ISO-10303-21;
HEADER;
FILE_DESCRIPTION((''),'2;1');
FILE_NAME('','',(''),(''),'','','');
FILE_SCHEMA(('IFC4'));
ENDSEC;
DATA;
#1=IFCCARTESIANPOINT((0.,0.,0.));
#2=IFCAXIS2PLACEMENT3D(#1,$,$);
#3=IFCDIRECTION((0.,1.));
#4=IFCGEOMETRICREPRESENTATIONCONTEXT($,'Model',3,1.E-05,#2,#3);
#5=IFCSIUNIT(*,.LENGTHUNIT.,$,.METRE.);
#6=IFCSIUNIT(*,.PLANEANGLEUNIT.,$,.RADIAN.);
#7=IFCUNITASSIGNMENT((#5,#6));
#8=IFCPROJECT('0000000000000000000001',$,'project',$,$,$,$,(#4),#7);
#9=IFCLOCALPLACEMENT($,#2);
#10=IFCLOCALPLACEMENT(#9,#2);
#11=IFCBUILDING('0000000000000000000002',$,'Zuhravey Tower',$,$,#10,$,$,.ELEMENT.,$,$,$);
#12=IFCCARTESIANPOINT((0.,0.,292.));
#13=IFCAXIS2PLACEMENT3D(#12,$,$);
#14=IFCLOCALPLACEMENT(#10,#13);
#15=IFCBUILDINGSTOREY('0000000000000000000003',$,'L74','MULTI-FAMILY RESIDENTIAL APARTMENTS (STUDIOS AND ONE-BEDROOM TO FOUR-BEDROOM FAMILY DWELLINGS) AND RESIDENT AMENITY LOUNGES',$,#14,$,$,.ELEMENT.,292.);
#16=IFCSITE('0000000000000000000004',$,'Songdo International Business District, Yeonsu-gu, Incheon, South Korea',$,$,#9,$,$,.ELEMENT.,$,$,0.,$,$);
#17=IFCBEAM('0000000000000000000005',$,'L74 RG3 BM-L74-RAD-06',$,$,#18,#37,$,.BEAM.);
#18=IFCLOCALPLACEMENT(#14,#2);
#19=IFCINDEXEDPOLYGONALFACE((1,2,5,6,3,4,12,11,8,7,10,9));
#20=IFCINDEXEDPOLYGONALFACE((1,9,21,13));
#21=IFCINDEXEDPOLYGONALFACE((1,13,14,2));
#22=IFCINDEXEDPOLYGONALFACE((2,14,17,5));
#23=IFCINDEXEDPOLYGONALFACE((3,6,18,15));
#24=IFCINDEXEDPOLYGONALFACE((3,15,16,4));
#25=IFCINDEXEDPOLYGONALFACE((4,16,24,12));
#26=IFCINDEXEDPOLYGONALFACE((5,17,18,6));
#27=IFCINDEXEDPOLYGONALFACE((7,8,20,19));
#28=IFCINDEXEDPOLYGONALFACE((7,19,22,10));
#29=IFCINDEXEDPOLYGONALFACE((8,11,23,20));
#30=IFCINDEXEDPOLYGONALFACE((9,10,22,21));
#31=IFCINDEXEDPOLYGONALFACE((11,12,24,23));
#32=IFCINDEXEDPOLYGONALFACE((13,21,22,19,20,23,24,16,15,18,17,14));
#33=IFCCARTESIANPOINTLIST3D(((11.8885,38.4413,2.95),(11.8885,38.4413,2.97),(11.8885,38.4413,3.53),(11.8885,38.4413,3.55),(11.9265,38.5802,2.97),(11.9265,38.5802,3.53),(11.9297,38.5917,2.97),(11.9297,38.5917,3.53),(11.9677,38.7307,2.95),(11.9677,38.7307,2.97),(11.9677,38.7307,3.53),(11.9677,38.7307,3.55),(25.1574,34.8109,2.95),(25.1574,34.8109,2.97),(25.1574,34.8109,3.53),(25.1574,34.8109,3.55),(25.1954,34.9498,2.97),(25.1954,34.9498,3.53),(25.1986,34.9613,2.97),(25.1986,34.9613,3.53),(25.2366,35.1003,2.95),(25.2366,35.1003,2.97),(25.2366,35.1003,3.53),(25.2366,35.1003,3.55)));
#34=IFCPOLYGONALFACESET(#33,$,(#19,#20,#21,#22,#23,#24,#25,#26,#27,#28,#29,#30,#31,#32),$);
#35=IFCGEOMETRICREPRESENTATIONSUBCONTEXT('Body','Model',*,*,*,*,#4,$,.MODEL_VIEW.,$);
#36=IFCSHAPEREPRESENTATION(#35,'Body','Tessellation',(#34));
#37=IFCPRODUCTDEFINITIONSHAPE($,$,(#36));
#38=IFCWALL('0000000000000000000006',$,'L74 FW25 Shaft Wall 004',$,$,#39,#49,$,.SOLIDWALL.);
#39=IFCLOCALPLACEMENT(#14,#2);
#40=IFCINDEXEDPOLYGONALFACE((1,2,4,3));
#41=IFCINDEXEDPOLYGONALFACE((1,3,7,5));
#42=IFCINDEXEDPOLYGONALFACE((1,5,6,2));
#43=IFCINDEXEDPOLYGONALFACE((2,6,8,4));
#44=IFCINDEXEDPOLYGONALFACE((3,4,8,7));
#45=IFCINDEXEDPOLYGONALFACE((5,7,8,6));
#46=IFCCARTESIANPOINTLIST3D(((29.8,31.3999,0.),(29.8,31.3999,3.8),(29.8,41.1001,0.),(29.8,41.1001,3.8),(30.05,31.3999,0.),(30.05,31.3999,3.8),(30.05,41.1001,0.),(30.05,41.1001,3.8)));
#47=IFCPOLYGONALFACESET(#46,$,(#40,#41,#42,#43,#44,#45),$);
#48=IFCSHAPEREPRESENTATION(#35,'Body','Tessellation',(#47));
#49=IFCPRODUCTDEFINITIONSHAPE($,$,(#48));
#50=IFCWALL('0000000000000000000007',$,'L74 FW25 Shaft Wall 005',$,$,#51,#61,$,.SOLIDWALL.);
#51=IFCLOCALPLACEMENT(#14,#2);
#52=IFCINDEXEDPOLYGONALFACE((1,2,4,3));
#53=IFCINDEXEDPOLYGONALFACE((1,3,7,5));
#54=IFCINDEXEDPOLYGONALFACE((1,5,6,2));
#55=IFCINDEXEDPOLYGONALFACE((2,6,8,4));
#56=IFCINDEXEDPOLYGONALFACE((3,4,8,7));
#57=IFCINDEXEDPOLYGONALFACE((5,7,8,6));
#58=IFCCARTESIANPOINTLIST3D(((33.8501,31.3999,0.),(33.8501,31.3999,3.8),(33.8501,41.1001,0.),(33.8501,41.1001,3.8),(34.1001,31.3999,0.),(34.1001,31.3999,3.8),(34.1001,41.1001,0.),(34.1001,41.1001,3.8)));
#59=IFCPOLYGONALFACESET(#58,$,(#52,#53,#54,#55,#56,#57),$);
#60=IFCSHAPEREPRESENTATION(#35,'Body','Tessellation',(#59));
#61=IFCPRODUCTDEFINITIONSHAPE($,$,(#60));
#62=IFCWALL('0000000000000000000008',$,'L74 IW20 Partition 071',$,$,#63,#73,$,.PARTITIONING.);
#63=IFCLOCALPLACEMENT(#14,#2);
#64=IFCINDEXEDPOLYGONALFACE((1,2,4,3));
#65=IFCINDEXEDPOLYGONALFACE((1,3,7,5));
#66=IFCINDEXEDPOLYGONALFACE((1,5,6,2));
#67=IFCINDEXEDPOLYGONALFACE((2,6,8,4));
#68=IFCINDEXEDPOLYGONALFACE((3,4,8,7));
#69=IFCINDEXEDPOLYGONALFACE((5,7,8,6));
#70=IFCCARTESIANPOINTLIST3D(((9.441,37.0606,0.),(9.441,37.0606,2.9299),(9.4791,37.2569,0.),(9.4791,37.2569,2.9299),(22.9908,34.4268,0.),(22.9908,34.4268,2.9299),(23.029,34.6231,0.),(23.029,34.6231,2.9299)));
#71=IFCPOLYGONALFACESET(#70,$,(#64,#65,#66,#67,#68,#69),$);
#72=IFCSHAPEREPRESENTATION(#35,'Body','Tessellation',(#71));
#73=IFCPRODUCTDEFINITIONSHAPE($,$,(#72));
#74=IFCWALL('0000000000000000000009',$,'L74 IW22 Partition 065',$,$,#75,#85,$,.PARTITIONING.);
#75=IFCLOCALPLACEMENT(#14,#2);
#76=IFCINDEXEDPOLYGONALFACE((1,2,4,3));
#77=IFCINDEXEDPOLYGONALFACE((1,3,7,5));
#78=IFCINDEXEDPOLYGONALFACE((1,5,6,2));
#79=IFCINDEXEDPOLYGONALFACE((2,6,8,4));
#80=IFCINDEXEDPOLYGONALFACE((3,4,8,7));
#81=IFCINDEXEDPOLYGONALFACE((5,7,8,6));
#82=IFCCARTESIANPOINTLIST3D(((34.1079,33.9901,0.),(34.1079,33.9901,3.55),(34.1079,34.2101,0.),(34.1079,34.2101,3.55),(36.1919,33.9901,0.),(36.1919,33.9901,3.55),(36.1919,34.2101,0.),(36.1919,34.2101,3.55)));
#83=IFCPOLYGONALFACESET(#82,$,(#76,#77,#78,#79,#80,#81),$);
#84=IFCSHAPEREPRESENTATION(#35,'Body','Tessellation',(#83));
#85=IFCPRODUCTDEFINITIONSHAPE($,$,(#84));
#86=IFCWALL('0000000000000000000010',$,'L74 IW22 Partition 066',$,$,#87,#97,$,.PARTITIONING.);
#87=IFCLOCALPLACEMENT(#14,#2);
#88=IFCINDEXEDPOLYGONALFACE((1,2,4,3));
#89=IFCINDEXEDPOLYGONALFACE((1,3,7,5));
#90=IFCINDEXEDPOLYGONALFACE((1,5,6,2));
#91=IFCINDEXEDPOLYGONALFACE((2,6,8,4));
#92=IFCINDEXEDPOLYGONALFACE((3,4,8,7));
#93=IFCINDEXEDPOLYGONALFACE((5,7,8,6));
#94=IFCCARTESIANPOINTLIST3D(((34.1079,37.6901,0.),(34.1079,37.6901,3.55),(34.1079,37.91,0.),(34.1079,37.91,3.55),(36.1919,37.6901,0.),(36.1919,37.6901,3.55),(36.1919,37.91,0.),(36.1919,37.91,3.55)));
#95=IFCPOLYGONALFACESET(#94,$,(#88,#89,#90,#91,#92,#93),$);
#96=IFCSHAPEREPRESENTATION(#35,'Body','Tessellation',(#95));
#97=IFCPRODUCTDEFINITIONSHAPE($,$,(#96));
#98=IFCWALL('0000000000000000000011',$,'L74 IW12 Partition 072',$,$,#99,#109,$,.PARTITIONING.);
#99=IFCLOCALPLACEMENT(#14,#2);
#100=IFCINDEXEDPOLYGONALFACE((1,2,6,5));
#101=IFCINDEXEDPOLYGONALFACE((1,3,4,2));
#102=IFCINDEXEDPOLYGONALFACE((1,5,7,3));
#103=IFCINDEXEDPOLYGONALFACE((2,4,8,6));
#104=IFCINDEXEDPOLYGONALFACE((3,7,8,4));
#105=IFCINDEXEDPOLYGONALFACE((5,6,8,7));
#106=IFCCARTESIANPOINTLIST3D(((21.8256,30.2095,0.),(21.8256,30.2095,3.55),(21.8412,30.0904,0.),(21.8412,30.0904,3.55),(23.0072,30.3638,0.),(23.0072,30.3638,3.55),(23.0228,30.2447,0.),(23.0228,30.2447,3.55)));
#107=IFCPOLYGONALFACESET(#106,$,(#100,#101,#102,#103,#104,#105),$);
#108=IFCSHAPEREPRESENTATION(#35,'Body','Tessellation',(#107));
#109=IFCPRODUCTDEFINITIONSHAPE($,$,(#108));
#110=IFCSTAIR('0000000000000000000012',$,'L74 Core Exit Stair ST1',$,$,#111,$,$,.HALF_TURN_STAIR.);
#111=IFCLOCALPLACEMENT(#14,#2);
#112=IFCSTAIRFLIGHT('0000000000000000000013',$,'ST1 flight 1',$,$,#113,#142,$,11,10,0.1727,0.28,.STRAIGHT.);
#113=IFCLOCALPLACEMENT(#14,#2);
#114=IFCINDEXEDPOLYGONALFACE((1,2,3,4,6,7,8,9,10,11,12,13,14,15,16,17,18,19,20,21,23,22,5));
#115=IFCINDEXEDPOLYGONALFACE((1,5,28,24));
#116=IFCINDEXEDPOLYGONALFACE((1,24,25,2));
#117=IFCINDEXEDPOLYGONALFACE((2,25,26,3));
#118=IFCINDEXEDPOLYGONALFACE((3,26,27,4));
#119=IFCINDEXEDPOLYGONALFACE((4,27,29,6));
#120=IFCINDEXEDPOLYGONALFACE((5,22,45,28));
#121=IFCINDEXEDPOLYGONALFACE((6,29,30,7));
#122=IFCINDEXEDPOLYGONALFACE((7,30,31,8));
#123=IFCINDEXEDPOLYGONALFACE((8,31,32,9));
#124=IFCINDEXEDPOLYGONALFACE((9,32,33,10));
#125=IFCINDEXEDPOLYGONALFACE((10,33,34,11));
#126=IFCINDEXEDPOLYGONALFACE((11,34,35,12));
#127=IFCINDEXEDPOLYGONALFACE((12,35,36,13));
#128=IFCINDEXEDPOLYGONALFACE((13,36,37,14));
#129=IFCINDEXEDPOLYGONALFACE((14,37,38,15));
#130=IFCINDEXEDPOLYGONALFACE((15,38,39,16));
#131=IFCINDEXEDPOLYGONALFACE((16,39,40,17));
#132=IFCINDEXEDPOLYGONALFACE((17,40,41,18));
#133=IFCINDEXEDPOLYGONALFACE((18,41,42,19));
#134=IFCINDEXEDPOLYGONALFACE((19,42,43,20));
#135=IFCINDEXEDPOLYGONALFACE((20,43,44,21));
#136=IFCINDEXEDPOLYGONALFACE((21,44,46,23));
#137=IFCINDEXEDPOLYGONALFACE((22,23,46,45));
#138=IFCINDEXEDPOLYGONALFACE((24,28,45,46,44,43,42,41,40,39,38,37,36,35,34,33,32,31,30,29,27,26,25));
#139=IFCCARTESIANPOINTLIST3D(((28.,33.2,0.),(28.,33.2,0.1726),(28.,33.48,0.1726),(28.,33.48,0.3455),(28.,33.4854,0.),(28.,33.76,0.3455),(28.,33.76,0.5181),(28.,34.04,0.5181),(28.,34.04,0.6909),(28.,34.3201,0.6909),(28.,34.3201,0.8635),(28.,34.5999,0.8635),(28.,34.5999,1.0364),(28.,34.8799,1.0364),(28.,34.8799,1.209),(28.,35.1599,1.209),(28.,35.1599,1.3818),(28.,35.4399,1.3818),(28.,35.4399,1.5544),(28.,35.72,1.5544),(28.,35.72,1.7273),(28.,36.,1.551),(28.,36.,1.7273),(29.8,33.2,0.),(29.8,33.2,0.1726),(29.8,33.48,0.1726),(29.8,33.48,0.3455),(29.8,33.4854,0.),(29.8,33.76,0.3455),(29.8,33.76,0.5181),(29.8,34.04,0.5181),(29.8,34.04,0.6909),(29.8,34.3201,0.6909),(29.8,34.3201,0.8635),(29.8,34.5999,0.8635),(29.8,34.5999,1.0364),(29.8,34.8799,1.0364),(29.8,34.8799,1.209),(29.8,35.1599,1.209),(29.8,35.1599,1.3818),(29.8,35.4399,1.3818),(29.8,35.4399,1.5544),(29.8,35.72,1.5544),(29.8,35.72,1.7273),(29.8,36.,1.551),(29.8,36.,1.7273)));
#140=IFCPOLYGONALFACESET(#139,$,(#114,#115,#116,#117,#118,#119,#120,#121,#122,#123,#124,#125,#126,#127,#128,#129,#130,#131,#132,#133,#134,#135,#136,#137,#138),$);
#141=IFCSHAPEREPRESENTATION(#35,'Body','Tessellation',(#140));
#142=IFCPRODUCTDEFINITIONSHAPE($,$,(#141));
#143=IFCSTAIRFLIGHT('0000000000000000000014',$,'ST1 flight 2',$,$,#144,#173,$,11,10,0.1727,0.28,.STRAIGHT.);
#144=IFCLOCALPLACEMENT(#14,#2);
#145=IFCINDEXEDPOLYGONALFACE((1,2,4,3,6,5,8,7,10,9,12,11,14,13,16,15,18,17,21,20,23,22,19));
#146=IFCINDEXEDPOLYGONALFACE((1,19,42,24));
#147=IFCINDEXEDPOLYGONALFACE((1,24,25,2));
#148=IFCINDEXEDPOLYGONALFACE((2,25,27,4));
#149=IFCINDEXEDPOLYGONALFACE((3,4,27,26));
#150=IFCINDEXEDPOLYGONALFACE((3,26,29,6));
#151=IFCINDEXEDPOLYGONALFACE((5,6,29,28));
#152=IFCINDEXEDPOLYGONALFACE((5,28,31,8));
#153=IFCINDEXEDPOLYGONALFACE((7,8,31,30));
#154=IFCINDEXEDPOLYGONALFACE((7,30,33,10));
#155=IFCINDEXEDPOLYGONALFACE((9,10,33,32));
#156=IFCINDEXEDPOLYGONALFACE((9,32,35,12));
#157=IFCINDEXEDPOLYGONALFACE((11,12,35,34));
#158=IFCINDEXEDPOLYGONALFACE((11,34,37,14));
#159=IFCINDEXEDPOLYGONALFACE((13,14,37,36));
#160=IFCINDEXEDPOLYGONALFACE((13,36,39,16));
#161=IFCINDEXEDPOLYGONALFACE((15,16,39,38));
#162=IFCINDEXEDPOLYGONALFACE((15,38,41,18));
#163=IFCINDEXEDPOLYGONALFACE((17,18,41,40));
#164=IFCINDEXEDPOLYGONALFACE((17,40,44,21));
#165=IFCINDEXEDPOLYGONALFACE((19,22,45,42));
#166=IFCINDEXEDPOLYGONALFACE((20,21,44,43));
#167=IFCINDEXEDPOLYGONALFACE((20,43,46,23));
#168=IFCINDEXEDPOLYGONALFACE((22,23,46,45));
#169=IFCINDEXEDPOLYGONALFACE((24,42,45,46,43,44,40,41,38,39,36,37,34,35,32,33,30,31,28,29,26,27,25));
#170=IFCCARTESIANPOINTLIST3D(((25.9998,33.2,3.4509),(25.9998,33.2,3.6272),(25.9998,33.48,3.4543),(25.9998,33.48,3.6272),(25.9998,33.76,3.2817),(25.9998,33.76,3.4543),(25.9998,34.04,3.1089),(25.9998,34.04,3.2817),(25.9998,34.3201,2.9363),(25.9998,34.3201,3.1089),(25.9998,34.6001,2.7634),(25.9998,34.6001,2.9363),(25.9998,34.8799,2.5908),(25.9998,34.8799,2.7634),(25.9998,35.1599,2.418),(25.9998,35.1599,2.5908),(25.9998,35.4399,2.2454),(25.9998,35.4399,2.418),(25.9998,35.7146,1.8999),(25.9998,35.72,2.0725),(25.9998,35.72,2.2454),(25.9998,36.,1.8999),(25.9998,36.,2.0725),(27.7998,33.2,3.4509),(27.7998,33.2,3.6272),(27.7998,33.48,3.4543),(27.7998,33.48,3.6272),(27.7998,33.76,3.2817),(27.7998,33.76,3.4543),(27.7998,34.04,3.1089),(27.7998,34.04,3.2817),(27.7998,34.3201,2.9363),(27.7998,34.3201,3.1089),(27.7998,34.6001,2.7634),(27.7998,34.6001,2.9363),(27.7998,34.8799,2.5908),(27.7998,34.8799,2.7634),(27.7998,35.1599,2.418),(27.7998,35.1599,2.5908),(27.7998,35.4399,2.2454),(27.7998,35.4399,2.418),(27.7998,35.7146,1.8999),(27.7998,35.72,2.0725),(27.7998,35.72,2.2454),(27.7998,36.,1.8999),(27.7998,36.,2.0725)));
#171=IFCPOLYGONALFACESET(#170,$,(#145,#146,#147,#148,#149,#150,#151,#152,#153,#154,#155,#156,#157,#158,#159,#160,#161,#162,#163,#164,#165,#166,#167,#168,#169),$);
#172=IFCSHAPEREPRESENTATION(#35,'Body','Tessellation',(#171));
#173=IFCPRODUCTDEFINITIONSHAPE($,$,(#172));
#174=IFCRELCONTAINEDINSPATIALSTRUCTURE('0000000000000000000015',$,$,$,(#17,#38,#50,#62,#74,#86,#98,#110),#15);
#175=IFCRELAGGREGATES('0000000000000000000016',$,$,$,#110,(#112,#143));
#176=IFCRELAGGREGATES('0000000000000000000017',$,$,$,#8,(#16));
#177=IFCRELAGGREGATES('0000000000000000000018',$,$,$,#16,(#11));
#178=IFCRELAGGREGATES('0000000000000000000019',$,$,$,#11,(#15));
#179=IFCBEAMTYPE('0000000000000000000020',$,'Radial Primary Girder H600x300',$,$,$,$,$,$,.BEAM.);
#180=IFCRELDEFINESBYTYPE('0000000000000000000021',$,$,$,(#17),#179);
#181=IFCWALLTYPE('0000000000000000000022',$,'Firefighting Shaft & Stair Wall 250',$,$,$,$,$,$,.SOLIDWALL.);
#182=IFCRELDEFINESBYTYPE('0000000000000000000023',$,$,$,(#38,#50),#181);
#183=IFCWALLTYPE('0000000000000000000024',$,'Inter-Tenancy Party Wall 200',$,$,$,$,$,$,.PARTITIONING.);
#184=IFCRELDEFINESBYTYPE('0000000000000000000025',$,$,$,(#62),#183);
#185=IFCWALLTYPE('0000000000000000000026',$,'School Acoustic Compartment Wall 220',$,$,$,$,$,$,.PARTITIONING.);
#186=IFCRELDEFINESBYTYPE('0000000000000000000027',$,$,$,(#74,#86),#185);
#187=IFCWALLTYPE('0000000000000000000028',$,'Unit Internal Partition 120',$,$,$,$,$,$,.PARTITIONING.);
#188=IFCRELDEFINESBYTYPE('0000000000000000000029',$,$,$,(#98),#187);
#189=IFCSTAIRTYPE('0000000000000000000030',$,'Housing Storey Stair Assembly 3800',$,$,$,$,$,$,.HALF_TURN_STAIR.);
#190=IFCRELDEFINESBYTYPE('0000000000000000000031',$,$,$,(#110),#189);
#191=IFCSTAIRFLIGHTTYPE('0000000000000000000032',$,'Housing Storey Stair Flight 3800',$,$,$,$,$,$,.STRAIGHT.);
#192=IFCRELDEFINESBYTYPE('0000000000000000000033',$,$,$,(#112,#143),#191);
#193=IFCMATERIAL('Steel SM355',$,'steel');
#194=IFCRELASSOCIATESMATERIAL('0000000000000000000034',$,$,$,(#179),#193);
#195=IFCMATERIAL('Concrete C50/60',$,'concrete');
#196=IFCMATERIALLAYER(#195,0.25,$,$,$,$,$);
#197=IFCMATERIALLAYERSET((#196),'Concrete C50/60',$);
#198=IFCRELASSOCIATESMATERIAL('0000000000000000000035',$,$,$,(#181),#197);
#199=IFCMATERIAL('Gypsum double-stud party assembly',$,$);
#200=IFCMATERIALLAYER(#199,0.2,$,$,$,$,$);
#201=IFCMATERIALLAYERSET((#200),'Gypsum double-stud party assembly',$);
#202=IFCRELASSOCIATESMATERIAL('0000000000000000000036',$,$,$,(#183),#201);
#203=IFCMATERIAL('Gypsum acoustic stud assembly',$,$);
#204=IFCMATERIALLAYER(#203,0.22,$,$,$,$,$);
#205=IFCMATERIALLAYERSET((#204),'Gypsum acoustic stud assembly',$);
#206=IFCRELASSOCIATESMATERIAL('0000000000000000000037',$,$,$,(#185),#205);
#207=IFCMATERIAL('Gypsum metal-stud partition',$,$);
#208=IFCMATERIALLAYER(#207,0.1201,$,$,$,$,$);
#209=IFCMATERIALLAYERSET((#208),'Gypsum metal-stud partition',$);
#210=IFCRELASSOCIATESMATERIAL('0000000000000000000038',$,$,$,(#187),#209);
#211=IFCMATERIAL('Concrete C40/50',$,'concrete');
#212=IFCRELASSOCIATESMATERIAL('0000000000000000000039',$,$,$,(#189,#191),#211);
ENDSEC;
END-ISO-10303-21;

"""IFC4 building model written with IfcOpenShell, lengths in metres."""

from ifc_helpers import new_model, si_unit, direction, frame, frame_2d, origin, origin_2d, place, context, subcontext, project, spatial, polyline, rectangle, i_section, outline, extrude, material, layer, layer_set, material_profile, profile_set, type_object, element, aggregate, save


model = new_model("IFC4")

# Units and contexts
model_context = context("Model", 3, precision=1e-05, world=origin(), true_north=direction((0.0, 1.0)))
body_context = subcontext(model_context, "Body", "Model", "MODEL_VIEW")
ifc_project = project(units=[si_unit("LENGTHUNIT", "METRE"), si_unit("PLANEANGLEUNIT", "RADIAN")], contexts=[model_context])

# Site, building, storey
site_placement = place(None, origin())
site = spatial("IfcSite", under=ifc_project, at=site_placement, Name="Songdo International Business District, Yeonsu-gu, Incheon, South Korea", CompositionType="ELEMENT", RefElevation=0.0)
building_placement = place(site_placement, origin())
building = spatial("IfcBuilding", under=site, at=building_placement, Name="Zuhravey Tower", CompositionType="ELEMENT")
storey_placement = place(building_placement, frame((0.0, 0.0, 292.0)))
storey = spatial("IfcBuildingStorey", under=building, at=storey_placement, Name="L74", Description="MULTI-FAMILY RESIDENTIAL APARTMENTS (STUDIOS AND ONE-BEDROOM TO FOUR-BEDROOM FAMILY DWELLINGS) AND RESIDENT AMENITY LOUNGES", CompositionType="ELEMENT", Elevation=292.0)

# Beam
ifc_material_1 = material(Name="Steel SM355", Category="steel")
ifc_material_profile = material_profile(ifc_material_1, i_section(OverallWidth=0.3, OverallDepth=0.6001, WebThickness=0.012, FlangeThickness=0.02, at=origin_2d()), Name="H-600x300x12x20")
ifc_profile_set = profile_set([ifc_material_profile], Name="Steel SM355")
beam_type = type_object("IfcBeamType", Name="Radial Primary Girder H600x300", PredefinedType="BEAM", material=ifc_profile_set)
beam_placement = place(storey_placement, frame((25.197, 34.9556, 3.25), z_axis=(-0.964549, 0.263903, 0.0), x_axis=(-0.263903, -0.964549, 0.0)))
element("IfcBeam", 1, at=beam_placement, inside=storey, type_object=beam_type, Name="L74 RG3 BM-L74-RAD-06", PredefinedType="BEAM", context=body_context, shape_type="SweptSolid", body=[
    extrude(i_section(OverallWidth=0.3, OverallDepth=0.6001, WebThickness=0.012, FlangeThickness=0.02, at=origin_2d()), origin(), (0.0, 0.0, 1.0), 13.7566),
])

# Shared definitions
ifc_material_2 = material(Name="Concrete C50/60", Category="concrete")
ifc_layer_1 = layer(ifc_material_2, 0.25)
ifc_layer_set_1 = layer_set([ifc_layer_1], Name="Concrete C50/60")
wall_type_1 = type_object("IfcWallType", Name="Firefighting Shaft & Stair Wall 250", PredefinedType="SOLIDWALL", material=ifc_layer_set_1)

# Walls
for number, where, z_axis, x_axis, name in (
    (2, (29.925, 31.3999, 0.0), (0.0, 0.0, 1.0), (0.0, 1.0, 0.0), "L74 FW25 Shaft Wall 004"),
    (3, (33.9751, 31.3999, 0.0), (0.0, 0.0, 1.0), (0.0, 1.0, 0.0), "L74 FW25 Shaft Wall 005"),
):
    element("IfcWall", number, at=place(storey_placement, frame(where, z_axis=z_axis, x_axis=x_axis)), inside=storey, type_object=wall_type_1, Name=name, PredefinedType="SOLIDWALL", context=body_context, shape_type="SweptSolid", body=[
        extrude(rectangle(XDim=9.7002, YDim=0.25, at=frame_2d((4.8501, 0.0))), origin(), (0.0, 0.0, 1.0), 3.8),
    ])
ifc_material_3 = material(Name="Gypsum double-stud party assembly")
ifc_layer_2 = layer(ifc_material_3, 0.2)
ifc_layer_set_2 = layer_set([ifc_layer_2], Name="Gypsum double-stud party assembly")
wall_type_2 = type_object("IfcWallType", Name="Inter-Tenancy Party Wall 200", PredefinedType="PARTITIONING", material=ifc_layer_set_2)
wall_1_placement = place(storey_placement, frame((23.01, 34.5249, 0.0), z_axis=(0.0, 0.0, 1.0), x_axis=(-0.981628, 0.190807, 0.0)))
element("IfcWall", 4, at=wall_1_placement, inside=storey, type_object=wall_type_2, Name="L74 IW20 Partition 071", PredefinedType="PARTITIONING", context=body_context, shape_type="SweptSolid", body=[
    extrude(rectangle(XDim=13.8035, YDim=0.2, at=frame_2d((6.9019, 0.0))), origin(), (0.0, 0.0, 1.0), 2.9299),
])
ifc_material_4 = material(Name="Gypsum acoustic stud assembly")
ifc_layer_3 = layer(ifc_material_4, 0.22)
ifc_layer_set_3 = layer_set([ifc_layer_3], Name="Gypsum acoustic stud assembly")
wall_type_3 = type_object("IfcWallType", Name="School Acoustic Compartment Wall 220", PredefinedType="PARTITIONING", material=ifc_layer_set_3)
for number, where, z_axis, x_axis, name in (
    (5, (34.1079, 34.1001, 0.0), (0.0, 0.0, 1.0), (1.0, 0.0, 0.0), "L74 IW22 Partition 065"),
    (6, (34.1079, 37.8, 0.0), (0.0, 0.0, 1.0), (1.0, 0.0, 0.0), "L74 IW22 Partition 066"),
):
    element("IfcWall", number, at=place(storey_placement, frame(where, z_axis=z_axis, x_axis=x_axis)), inside=storey, type_object=wall_type_3, Name=name, PredefinedType="PARTITIONING", context=body_context, shape_type="SweptSolid", body=[
        extrude(rectangle(XDim=2.084, YDim=0.22, at=frame_2d((1.042, 0.0))), origin(), (0.0, 0.0, 1.0), 3.55),
    ])
ifc_material_5 = material(Name="Gypsum metal-stud partition")
ifc_layer_4 = layer(ifc_material_5, 0.1201)
ifc_layer_set_4 = layer_set([ifc_layer_4], Name="Gypsum metal-stud partition")
wall_type_4 = type_object("IfcWallType", Name="Unit Internal Partition 120", PredefinedType="PARTITIONING", material=ifc_layer_set_4)
wall_2_placement = place(storey_placement, frame((23.0149, 30.3042, 0.0), z_axis=(0.0, 0.0, 1.0), x_axis=(-0.991582, -0.129479, 0.0)))
element("IfcWall", 7, at=wall_2_placement, inside=storey, type_object=wall_type_4, Name="L74 IW12 Partition 072", PredefinedType="PARTITIONING", context=body_context, shape_type="SweptSolid", body=[
    extrude(rectangle(XDim=1.1917, YDim=0.1201, at=frame_2d((0.5957, 0.0))), origin(), (0.0, 0.0, 1.0), 3.55),
])

# Stair, stair flights
ifc_material_6 = material(Name="Concrete C40/50", Category="concrete")
stair_type = type_object("IfcStairType", Name="Housing Storey Stair Assembly 3800", PredefinedType="HALF_TURN_STAIR", material=ifc_material_6)
stair_1_placement = place(storey_placement, origin())
stair_1 = element("IfcStair", 8, at=stair_1_placement, inside=storey, type_object=stair_type, Name="L74 Core Exit Stair ST1", PredefinedType="HALF_TURN_STAIR")
stair_flight_type = type_object("IfcStairFlightType", Name="Housing Storey Stair Flight 3800", PredefinedType="STRAIGHT", material=ifc_material_6)
stair_flight_1_placement = place(storey_placement, frame((28.8999, 33.2, 0.0), z_axis=(0.0, 0.0, 1.0), x_axis=(0.0, 1.0, 0.0)))
stair_flight_1 = element("IfcStairFlight", 9, at=stair_flight_1_placement, type_object=stair_flight_type, Name="ST1 flight 1", NumberOfRisers=11, NumberOfTreads=10, PredefinedType="STRAIGHT", RiserHeight=0.1727, TreadLength=0.28, context=body_context, shape_type="SweptSolid", body=[
    extrude(outline(polyline([(0.0, 0.0), (0.0, 0.1726), (0.28, 0.1726), (0.28, 0.3455), (0.5601, 0.3455), (0.5601, 0.5181), (0.8401, 0.5181), (0.8401, 0.6909), (1.1201, 0.6909), (1.1201, 0.8635), (1.3999, 0.8635), (1.3999, 1.0364), (1.6799, 1.0364), (1.6799, 1.209), (1.96, 1.209), (1.96, 1.3818), (2.24, 1.3818), (2.24, 1.5544), (2.52, 1.5544), (2.52, 1.7273), (2.8, 1.7273), (2.8, 1.8999), (2.8, 1.551), (0.2854, 0.0), (0.0, 0.0)])), frame((0.0, 0.8999, 0.0), z_axis=(0.0, -1.0, 0.0), x_axis=(1.0, 0.0, 0.0)), (0.0, 0.0, 1.0), 1.8),
])
stair_flight_2_placement = place(storey_placement, frame((26.8999, 36.0, 1.8999), z_axis=(0.0, 0.0, 1.0), x_axis=(0.0, -1.0, 0.0)))
stair_flight_2 = element("IfcStairFlight", 10, at=stair_flight_2_placement, type_object=stair_flight_type, Name="ST1 flight 2", NumberOfRisers=11, NumberOfTreads=10, PredefinedType="STRAIGHT", RiserHeight=0.1727, TreadLength=0.28, context=body_context, shape_type="SweptSolid", body=[
    extrude(outline(polyline([(0.0, 0.0), (0.0, 0.1726), (0.28, 0.1726), (0.28, 0.3455), (0.5601, 0.3455), (0.5601, 0.5181), (0.8401, 0.5181), (0.8401, 0.6909), (1.1201, 0.6909), (1.1201, 0.8635), (1.3999, 0.8635), (1.3999, 1.0364), (1.6799, 1.0364), (1.6799, 1.209), (1.96, 1.209), (1.96, 1.3818), (2.24, 1.3818), (2.24, 1.5544), (2.52, 1.5544), (2.52, 1.7273), (2.8, 1.7273), (2.8, 1.8999), (2.8, 1.551), (0.2854, 0.0), (0.0, 0.0)])), frame((0.0, 0.8999, 0.0), z_axis=(0.0, -1.0, 0.0), x_axis=(1.0, 0.0, 0.0)), (0.0, 0.0, 1.0), 1.8),
])
aggregate(stair_1, [stair_flight_1, stair_flight_2])

save(model, "model.ifc")
